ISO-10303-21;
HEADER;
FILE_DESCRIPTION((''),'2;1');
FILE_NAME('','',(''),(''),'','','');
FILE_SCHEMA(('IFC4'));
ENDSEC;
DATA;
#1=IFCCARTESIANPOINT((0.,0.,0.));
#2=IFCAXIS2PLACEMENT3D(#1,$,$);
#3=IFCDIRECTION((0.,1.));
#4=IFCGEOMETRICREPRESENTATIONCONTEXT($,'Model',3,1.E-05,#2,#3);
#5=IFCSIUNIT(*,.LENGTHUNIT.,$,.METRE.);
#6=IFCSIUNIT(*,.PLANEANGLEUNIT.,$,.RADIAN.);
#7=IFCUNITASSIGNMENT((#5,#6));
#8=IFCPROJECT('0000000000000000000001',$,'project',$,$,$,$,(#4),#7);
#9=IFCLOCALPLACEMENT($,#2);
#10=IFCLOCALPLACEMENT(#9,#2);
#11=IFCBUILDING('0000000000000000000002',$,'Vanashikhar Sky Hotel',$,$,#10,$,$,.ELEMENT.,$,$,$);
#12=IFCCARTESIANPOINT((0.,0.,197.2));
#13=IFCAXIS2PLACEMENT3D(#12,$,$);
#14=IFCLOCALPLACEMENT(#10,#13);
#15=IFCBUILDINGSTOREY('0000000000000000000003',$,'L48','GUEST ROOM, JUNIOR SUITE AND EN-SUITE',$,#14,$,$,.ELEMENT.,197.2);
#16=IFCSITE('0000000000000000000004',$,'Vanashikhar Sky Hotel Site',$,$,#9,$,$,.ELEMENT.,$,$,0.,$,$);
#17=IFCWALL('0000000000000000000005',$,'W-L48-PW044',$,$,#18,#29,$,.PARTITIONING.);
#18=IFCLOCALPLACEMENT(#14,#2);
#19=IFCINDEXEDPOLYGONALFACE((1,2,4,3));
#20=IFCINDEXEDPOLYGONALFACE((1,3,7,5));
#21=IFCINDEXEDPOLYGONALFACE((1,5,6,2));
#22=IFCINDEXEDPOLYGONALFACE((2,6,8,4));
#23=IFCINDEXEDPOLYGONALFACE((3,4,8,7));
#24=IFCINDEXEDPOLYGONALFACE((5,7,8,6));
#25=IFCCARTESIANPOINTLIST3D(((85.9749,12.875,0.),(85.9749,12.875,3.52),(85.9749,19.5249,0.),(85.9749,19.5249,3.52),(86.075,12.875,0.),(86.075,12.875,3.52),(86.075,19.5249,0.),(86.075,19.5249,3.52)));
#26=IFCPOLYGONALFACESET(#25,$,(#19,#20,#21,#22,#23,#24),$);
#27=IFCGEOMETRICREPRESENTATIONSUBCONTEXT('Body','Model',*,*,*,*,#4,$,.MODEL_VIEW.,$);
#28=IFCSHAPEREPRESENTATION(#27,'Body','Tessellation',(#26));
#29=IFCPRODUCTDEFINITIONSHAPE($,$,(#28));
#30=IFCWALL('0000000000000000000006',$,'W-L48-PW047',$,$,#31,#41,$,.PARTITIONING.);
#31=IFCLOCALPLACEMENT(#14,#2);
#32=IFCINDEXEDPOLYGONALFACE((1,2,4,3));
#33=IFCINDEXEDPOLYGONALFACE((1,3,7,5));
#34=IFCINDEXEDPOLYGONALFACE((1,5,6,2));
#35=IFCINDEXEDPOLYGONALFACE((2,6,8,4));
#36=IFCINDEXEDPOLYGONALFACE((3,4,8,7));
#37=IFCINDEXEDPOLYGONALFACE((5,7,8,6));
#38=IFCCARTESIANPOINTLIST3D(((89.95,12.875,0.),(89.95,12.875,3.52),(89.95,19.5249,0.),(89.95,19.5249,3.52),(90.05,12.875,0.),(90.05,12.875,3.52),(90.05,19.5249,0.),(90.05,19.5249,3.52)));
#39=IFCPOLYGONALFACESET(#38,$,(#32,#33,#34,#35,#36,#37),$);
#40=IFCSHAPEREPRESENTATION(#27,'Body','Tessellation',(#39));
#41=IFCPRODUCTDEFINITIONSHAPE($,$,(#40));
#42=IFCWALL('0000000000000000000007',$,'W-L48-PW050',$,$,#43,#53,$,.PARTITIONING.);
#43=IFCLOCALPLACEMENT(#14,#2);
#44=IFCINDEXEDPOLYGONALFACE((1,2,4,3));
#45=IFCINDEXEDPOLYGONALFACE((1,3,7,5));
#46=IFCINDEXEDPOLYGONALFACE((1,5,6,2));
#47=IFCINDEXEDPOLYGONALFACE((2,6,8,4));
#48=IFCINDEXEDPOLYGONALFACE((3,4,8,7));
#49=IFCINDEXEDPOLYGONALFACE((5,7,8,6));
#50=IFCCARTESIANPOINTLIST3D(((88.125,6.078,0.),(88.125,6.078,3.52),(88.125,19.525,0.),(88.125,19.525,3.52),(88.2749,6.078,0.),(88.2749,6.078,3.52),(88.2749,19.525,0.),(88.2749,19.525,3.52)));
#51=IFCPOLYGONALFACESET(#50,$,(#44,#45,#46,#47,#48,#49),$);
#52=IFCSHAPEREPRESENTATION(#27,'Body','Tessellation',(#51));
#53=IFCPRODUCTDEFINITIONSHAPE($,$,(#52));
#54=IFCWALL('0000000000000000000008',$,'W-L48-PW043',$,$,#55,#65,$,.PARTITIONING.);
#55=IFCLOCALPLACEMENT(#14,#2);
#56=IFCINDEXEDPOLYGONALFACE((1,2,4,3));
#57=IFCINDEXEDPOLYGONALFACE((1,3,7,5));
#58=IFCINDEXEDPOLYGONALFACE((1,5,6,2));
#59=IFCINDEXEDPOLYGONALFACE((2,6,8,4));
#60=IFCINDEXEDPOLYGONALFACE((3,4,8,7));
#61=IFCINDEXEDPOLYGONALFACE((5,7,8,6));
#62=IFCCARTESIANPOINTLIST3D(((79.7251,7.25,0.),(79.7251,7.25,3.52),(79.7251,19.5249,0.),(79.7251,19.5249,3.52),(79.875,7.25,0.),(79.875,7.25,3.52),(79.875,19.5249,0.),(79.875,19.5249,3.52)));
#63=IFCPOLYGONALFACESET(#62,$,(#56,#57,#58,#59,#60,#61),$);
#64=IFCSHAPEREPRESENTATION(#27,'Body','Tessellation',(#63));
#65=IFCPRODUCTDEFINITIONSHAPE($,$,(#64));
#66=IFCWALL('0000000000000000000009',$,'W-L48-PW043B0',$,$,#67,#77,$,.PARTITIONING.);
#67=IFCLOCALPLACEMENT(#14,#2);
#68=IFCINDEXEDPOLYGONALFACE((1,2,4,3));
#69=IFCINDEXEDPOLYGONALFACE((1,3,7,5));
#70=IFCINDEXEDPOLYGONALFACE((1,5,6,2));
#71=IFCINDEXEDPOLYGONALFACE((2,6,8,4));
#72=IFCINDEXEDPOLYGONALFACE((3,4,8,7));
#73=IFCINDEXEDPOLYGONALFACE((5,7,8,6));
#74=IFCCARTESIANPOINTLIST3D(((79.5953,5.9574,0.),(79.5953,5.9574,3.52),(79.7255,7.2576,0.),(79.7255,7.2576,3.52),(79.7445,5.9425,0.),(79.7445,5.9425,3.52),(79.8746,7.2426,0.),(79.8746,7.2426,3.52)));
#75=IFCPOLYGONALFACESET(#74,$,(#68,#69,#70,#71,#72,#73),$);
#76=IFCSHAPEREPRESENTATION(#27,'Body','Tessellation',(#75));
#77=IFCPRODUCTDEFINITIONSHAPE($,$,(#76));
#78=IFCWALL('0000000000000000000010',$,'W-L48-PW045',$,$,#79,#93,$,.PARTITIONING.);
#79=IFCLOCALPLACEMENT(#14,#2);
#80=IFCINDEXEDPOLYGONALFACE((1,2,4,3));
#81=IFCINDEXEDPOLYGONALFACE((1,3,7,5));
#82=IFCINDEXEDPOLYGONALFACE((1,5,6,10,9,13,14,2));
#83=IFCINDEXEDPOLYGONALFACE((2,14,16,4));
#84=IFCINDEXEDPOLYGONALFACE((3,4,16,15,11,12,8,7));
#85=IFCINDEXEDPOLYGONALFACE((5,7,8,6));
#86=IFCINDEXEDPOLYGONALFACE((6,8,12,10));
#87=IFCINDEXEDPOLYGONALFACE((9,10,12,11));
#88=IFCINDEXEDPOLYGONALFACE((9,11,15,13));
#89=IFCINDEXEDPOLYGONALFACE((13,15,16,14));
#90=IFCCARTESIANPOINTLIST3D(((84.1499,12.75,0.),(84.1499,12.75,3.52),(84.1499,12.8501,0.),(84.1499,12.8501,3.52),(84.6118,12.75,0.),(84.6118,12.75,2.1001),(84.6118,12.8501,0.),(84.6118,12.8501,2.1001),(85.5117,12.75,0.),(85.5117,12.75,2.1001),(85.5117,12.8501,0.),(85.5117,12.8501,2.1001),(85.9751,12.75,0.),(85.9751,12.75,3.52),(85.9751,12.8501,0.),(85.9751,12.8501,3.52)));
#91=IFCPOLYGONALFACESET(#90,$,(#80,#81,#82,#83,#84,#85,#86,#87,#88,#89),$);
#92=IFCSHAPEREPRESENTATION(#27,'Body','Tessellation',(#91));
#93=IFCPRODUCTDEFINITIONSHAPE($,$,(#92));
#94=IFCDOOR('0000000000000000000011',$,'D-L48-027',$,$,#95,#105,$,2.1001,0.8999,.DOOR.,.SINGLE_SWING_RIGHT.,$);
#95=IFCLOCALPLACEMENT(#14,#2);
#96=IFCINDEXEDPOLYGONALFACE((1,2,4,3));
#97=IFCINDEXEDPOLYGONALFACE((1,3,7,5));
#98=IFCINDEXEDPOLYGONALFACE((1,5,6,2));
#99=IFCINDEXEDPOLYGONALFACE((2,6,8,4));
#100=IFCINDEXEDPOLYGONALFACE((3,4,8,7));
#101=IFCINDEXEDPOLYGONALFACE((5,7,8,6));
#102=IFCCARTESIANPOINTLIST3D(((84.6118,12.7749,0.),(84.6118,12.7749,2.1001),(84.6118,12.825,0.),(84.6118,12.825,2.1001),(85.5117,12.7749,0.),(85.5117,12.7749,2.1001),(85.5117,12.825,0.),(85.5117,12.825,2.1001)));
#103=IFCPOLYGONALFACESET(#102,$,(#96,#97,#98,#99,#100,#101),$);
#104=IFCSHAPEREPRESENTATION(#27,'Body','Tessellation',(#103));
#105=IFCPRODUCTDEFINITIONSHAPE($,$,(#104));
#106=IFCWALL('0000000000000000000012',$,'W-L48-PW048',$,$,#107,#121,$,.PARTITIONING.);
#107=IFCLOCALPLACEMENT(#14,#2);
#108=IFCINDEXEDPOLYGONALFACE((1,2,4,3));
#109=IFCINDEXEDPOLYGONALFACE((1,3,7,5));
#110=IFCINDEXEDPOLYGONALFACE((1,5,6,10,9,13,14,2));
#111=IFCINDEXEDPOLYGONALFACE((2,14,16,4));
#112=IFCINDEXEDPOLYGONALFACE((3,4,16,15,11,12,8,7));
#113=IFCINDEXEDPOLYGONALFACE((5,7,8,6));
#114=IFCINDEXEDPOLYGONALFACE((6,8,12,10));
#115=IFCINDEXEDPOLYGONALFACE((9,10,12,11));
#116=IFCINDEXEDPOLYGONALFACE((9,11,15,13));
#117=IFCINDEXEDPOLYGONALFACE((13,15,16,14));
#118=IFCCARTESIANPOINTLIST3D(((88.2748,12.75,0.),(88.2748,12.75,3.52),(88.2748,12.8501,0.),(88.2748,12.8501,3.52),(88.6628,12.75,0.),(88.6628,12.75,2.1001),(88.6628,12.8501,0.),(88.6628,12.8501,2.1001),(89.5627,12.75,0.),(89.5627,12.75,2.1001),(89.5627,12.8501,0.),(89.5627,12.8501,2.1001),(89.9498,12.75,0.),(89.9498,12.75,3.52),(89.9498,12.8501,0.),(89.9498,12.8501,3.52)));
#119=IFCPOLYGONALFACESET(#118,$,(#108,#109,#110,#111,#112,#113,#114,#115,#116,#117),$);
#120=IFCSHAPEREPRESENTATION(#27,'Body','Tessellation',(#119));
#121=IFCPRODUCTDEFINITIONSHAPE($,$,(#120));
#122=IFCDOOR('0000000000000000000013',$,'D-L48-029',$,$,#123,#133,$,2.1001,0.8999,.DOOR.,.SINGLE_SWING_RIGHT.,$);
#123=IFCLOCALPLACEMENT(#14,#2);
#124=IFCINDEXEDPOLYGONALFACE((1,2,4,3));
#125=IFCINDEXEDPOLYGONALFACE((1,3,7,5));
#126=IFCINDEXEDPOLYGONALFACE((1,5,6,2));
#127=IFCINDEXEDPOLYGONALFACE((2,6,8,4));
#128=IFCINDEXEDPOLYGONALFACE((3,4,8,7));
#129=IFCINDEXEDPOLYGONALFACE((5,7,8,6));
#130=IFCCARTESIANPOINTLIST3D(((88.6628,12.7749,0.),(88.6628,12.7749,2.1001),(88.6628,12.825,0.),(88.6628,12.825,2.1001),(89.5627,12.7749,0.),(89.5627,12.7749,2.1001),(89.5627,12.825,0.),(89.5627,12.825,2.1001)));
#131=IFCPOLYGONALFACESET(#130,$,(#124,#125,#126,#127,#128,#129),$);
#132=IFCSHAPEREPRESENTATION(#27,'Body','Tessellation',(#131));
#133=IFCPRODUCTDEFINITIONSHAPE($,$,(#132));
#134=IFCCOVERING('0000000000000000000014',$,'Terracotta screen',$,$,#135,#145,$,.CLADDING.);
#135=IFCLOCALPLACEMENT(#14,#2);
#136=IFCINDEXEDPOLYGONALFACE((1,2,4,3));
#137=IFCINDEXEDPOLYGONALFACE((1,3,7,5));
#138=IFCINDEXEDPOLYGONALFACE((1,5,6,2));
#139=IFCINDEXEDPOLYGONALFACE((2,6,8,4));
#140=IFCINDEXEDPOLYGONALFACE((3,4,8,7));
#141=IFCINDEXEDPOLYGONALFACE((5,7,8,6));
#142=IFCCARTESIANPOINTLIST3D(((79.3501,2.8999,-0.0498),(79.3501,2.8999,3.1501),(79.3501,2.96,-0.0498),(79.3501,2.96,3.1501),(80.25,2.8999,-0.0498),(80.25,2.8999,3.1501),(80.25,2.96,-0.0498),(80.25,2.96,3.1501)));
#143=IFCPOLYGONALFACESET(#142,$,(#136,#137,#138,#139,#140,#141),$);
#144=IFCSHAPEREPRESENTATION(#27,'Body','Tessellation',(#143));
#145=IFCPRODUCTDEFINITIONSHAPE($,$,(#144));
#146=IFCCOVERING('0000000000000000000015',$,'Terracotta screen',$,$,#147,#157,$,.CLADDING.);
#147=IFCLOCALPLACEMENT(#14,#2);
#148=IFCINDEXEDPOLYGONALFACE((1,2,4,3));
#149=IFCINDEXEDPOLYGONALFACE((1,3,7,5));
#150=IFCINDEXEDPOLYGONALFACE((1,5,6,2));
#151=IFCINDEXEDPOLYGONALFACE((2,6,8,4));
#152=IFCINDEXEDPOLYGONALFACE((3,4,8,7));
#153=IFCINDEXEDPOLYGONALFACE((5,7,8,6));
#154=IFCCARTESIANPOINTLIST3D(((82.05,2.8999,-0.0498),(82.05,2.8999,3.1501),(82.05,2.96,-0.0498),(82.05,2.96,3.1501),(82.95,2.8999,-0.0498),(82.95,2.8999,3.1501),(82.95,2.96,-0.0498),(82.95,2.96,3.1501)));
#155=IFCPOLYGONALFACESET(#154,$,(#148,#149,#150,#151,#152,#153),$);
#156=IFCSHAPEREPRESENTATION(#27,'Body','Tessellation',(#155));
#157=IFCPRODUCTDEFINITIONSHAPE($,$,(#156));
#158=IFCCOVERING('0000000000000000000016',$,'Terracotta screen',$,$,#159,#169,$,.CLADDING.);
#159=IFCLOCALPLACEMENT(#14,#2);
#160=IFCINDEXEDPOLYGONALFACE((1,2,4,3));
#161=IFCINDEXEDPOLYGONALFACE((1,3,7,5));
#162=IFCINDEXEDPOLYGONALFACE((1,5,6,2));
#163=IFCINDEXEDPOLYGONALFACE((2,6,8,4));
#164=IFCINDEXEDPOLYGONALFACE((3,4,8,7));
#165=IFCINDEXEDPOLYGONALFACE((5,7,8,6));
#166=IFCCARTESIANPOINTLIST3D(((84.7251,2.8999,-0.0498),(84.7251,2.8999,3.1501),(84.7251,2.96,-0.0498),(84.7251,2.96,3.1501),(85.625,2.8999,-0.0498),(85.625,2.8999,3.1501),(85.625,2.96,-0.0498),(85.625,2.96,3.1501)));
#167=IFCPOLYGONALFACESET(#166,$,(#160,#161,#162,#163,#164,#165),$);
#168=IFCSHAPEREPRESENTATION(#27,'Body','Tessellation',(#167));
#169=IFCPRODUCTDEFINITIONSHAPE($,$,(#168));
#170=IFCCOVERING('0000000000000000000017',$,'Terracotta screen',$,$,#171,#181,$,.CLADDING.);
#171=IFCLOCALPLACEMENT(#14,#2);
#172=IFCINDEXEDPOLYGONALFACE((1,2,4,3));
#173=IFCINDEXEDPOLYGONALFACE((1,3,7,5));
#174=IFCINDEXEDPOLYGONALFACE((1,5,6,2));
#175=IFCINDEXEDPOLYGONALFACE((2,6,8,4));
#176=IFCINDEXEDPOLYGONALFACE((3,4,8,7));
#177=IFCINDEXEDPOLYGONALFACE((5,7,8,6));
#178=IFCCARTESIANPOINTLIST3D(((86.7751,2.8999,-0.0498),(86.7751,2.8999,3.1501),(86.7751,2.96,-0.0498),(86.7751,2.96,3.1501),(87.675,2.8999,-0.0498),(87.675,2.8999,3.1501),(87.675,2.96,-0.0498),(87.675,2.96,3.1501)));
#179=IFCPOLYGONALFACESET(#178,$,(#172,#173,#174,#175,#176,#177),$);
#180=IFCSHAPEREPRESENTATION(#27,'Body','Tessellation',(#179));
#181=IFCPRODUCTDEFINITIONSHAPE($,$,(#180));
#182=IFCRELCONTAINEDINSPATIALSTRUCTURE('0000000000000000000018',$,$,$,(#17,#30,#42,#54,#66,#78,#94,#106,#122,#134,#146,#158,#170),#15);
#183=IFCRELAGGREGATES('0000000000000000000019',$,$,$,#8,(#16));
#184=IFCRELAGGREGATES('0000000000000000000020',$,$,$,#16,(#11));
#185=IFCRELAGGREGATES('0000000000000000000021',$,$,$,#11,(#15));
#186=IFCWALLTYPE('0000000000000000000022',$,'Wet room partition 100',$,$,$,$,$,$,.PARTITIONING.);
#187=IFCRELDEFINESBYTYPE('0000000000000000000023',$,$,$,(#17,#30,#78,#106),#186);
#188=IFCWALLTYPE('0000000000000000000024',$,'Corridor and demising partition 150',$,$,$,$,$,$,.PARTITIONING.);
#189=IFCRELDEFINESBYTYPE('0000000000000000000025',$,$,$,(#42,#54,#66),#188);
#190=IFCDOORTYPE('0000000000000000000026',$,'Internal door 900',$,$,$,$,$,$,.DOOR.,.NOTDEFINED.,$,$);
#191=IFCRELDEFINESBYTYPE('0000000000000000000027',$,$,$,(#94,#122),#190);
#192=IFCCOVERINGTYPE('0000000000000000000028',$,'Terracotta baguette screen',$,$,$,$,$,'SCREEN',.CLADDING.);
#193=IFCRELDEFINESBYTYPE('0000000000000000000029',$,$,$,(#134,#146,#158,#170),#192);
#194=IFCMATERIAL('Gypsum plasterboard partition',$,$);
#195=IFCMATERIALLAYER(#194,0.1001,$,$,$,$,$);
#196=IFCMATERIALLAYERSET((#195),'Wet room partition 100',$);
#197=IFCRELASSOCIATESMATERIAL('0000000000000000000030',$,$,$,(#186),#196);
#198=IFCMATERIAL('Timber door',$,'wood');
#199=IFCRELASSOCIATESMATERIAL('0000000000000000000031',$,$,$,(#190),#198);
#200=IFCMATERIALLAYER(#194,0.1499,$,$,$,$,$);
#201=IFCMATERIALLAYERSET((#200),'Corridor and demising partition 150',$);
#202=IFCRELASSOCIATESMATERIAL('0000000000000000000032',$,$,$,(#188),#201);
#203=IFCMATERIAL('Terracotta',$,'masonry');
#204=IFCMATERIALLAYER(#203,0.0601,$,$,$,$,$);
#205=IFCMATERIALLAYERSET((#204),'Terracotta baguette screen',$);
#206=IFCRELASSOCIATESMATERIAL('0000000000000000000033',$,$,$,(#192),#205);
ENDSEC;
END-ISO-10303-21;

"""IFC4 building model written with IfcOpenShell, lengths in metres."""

from ifc_helpers import new_model, si_unit, direction, frame, frame_2d, origin, origin_2d, place, context, subcontext, project, spatial, rectangle, extrude, source, transform, mapped, material, layer, layer_set, type_object, element, fill, save


model = new_model("IFC4")

# Units and contexts
model_context = context("Model", 3, precision=1e-05, world=origin(), true_north=direction((0.0, 1.0)))
body_context = subcontext(model_context, "Body", "Model", "MODEL_VIEW")
ifc_project = project(units=[si_unit("LENGTHUNIT", "METRE"), si_unit("PLANEANGLEUNIT", "RADIAN")], contexts=[model_context])

# Site, building, storey
site_placement = place(None, origin())
site = spatial("IfcSite", under=ifc_project, at=site_placement, Name="Vanashikhar Sky Hotel Site", CompositionType="ELEMENT", RefElevation=0.0)
building_placement = place(site_placement, origin())
building = spatial("IfcBuilding", under=site, at=building_placement, Name="Vanashikhar Sky Hotel", CompositionType="ELEMENT")
storey_placement = place(building_placement, frame((0.0, 0.0, 197.2)))
storey = spatial("IfcBuildingStorey", under=building, at=storey_placement, Name="L48", Description="GUEST ROOM, JUNIOR SUITE AND EN-SUITE", CompositionType="ELEMENT", Elevation=197.2)

# Shared definitions
ifc_material_1 = material(Name="Gypsum plasterboard partition")
ifc_layer_1 = layer(ifc_material_1, 0.1001)
ifc_layer_set_1 = layer_set([ifc_layer_1], Name="Wet room partition 100")
wall_type_1 = type_object("IfcWallType", Name="Wet room partition 100", PredefinedType="PARTITIONING", material=ifc_layer_set_1)
shared_shape_1 = source(origin(), body_context, "Body", "SweptSolid", [
    extrude(rectangle(XDim=0.8999, YDim=2.1001, at=frame_2d((0.45, 1.05))), frame((0.0, 0.0601, 0.0), z_axis=(0.0, -1.0, 0.0), x_axis=(1.0, 0.0, 0.0)), (0.0, 0.0, 1.0), 0.1201),
])
ifc_material_2 = material(Name="Timber door", Category="wood")
door_type_1 = type_object("IfcDoorType", Name="Internal door 900", OperationType="NOTDEFINED", PredefinedType="DOOR", material=ifc_material_2)
shared_shape_2 = source(origin(), body_context, "Body", "SweptSolid", [
    extrude(rectangle(XDim=0.8999, YDim=2.1001, at=frame_2d((0.45, 1.05))), frame((0.0, 0.0249, 0.0), z_axis=(0.0, -1.0, 0.0), x_axis=(1.0, 0.0, 0.0)), (0.0, 0.0, 1.0), 0.05),
])

# Walls
shared_shape_3 = source(origin(), body_context, "Body", "SweptSolid", [
    extrude(rectangle(XDim=6.6499, YDim=0.1001, at=frame_2d((3.325, 0.0))), origin(), (0.0, 0.0, 1.0), 3.52),
])
for number, where, z_axis, x_axis, name in (
    (1, (86.0249, 12.875, 0.0), (0.0, 0.0, 1.0), (0.0, 1.0, 0.0), "W-L48-PW044"),
    (2, (90.0, 12.875, 0.0), (0.0, 0.0, 1.0), (0.0, 1.0, 0.0), "W-L48-PW047"),
):
    element("IfcWall", number, at=place(storey_placement, frame(where, z_axis=z_axis, x_axis=x_axis)), inside=storey, type_object=wall_type_1, Name=name, PredefinedType="PARTITIONING", context=body_context, shape_type="MappedRepresentation", body=[
        mapped(shared_shape_3, transform((0.0, 0.0, 0.0), scale=1.0)),
    ])
ifc_layer_2 = layer(ifc_material_1, 0.1499)
ifc_layer_set_2 = layer_set([ifc_layer_2], Name="Corridor and demising partition 150")
wall_type_2 = type_object("IfcWallType", Name="Corridor and demising partition 150", PredefinedType="PARTITIONING", material=ifc_layer_set_2)
shared_shape_4 = source(origin(), body_context, "Body", "SweptSolid", [
    extrude(rectangle(XDim=13.447, YDim=0.1499, at=frame_2d((6.7236, 0.0))), origin(), (0.0, 0.0, 1.0), 3.52),
])
wall_1_placement = place(storey_placement, frame((88.2, 6.0779, 0.0), z_axis=(0.0, 0.0, 1.0), x_axis=(0.0, 1.0, 0.0)))
element("IfcWall", 3, at=wall_1_placement, inside=storey, type_object=wall_type_2, Name="W-L48-PW050", PredefinedType="PARTITIONING", context=body_context, shape_type="MappedRepresentation", body=[
    mapped(shared_shape_4, transform((0.0, 0.0, 0.0), scale=1.0)),
])
shared_shape_5 = source(origin(), body_context, "Body", "SweptSolid", [
    extrude(rectangle(XDim=12.2749, YDim=0.1499, at=frame_2d((6.1375, 0.0))), origin(), (0.0, 0.0, 1.0), 3.52),
])
wall_2_placement = place(storey_placement, frame((79.8, 7.25, 0.0), z_axis=(0.0, 0.0, 1.0), x_axis=(0.0, 1.0, 0.0)))
element("IfcWall", 4, at=wall_2_placement, inside=storey, type_object=wall_type_2, Name="W-L48-PW043", PredefinedType="PARTITIONING", context=body_context, shape_type="MappedRepresentation", body=[
    mapped(shared_shape_5, transform((0.0, 0.0, 0.0), scale=1.0)),
])
shared_shape_6 = source(origin(), body_context, "Body", "SweptSolid", [
    extrude(rectangle(XDim=1.3066, YDim=0.1499, at=frame_2d((0.6533, 0.0))), origin(), (0.0, 0.0, 1.0), 3.52),
])
wall_3_placement = place(storey_placement, frame((79.6699, 5.95, 0.0), z_axis=(0.0, 0.0, 1.0), x_axis=(0.099596, 0.995028, 0.0)))
element("IfcWall", 5, at=wall_3_placement, inside=storey, type_object=wall_type_2, Name="W-L48-PW043B0", PredefinedType="PARTITIONING", context=body_context, shape_type="MappedRepresentation", body=[
    mapped(shared_shape_6, transform((0.0, 0.0, 0.0), scale=1.0)),
])

# Walls, openings, doors
shared_shape_7 = source(origin(), body_context, "Body", "SweptSolid", [
    extrude(rectangle(XDim=1.8252, YDim=0.1001, at=frame_2d((0.9126, 0.0))), origin(), (0.0, 0.0, 1.0), 3.52),
])
wall_4_placement = place(storey_placement, frame((84.1499, 12.8, 0.0), z_axis=(0.0, 0.0, 1.0), x_axis=(1.0, 0.0, 0.0)))
wall_4 = element("IfcWall", 6, at=wall_4_placement, inside=storey, type_object=wall_type_1, Name="W-L48-PW045", PredefinedType="PARTITIONING", context=body_context, shape_type="MappedRepresentation", body=[
    mapped(shared_shape_7, transform((0.0, 0.0, 0.0), scale=1.0)),
])
opening_1_placement = place(wall_4_placement, frame((0.4619, 0.0, 0.0)))
opening_1 = element("IfcOpeningElement", 7, at=opening_1_placement, cuts=wall_4, PredefinedType="OPENING", context=body_context, shape_type="MappedRepresentation", body=[
    mapped(shared_shape_1, transform((0.0, 0.0, 0.0), scale=1.0)),
])
door_1_placement = place(opening_1_placement, origin())
door_1 = element("IfcDoor", 8, at=door_1_placement, inside=storey, type_object=door_type_1, Name="D-L48-027", OperationType="SINGLE_SWING_RIGHT", OverallHeight=2.1001, OverallWidth=0.8999, PredefinedType="DOOR", context=body_context, shape_type="MappedRepresentation", body=[
    mapped(shared_shape_2, transform((0.0, 0.0, 0.0), scale=1.0)),
])
fill(opening_1, door_1)
shared_shape_8 = source(origin(), body_context, "Body", "SweptSolid", [
    extrude(rectangle(XDim=1.675, YDim=0.1001, at=frame_2d((0.8374, 0.0))), origin(), (0.0, 0.0, 1.0), 3.52),
])
wall_5_placement = place(storey_placement, frame((88.2749, 12.8, 0.0), z_axis=(0.0, 0.0, 1.0), x_axis=(1.0, 0.0, 0.0)))
wall_5 = element("IfcWall", 9, at=wall_5_placement, inside=storey, type_object=wall_type_1, Name="W-L48-PW048", PredefinedType="PARTITIONING", context=body_context, shape_type="MappedRepresentation", body=[
    mapped(shared_shape_8, transform((0.0, 0.0, 0.0), scale=1.0)),
])
opening_2_placement = place(wall_5_placement, frame((0.3879, 0.0, 0.0)))
opening_2 = element("IfcOpeningElement", 10, at=opening_2_placement, cuts=wall_5, PredefinedType="OPENING", context=body_context, shape_type="MappedRepresentation", body=[
    mapped(shared_shape_1, transform((0.0, 0.0, 0.0), scale=1.0)),
])
door_2_placement = place(opening_2_placement, origin())
door_2 = element("IfcDoor", 11, at=door_2_placement, inside=storey, type_object=door_type_1, Name="D-L48-029", OperationType="SINGLE_SWING_RIGHT", OverallHeight=2.1001, OverallWidth=0.8999, PredefinedType="DOOR", context=body_context, shape_type="MappedRepresentation", body=[
    mapped(shared_shape_2, transform((0.0, 0.0, 0.0), scale=1.0)),
])
fill(opening_2, door_2)

# Coverings
ifc_material_3 = material(Name="Terracotta", Category="masonry")
ifc_layer_3 = layer(ifc_material_3, 0.0601)
ifc_layer_set_3 = layer_set([ifc_layer_3], Name="Terracotta baguette screen")
covering_type = type_object("IfcCoveringType", Name="Terracotta baguette screen", ElementType="SCREEN", PredefinedType="CLADDING", material=ifc_layer_set_3)
shared_shape_9 = source(origin(), body_context, "Body", "SweptSolid", [
    extrude(rectangle(XDim=0.8999, YDim=0.0601, at=origin_2d()), origin(), (0.0, 0.0, 1.0), 3.2),
])
for number, where, z_axis, x_axis, name in (
    (12, (79.8, 2.9299, -0.0498), (0.0, 0.0, 1.0), (1.0, 0.0, 0.0), "Terracotta screen"),
    (13, (82.5, 2.9299, -0.0498), (0.0, 0.0, 1.0), (1.0, 0.0, 0.0), "Terracotta screen"),
    (14, (85.175, 2.9299, -0.0498), (0.0, 0.0, 1.0), (1.0, 0.0, 0.0), "Terracotta screen"),
    (15, (87.2251, 2.9299, -0.0498), (0.0, 0.0, 1.0), (1.0, 0.0, 0.0), "Terracotta screen"),
):
    element("IfcCovering", number, at=place(storey_placement, frame(where, z_axis=z_axis, x_axis=x_axis)), inside=storey, type_object=covering_type, Name=name, PredefinedType="CLADDING", context=body_context, shape_type="MappedRepresentation", body=[
        mapped(shared_shape_9, transform((0.0, 0.0, 0.0), scale=1.0)),
    ])

save(model, "model.ifc")
